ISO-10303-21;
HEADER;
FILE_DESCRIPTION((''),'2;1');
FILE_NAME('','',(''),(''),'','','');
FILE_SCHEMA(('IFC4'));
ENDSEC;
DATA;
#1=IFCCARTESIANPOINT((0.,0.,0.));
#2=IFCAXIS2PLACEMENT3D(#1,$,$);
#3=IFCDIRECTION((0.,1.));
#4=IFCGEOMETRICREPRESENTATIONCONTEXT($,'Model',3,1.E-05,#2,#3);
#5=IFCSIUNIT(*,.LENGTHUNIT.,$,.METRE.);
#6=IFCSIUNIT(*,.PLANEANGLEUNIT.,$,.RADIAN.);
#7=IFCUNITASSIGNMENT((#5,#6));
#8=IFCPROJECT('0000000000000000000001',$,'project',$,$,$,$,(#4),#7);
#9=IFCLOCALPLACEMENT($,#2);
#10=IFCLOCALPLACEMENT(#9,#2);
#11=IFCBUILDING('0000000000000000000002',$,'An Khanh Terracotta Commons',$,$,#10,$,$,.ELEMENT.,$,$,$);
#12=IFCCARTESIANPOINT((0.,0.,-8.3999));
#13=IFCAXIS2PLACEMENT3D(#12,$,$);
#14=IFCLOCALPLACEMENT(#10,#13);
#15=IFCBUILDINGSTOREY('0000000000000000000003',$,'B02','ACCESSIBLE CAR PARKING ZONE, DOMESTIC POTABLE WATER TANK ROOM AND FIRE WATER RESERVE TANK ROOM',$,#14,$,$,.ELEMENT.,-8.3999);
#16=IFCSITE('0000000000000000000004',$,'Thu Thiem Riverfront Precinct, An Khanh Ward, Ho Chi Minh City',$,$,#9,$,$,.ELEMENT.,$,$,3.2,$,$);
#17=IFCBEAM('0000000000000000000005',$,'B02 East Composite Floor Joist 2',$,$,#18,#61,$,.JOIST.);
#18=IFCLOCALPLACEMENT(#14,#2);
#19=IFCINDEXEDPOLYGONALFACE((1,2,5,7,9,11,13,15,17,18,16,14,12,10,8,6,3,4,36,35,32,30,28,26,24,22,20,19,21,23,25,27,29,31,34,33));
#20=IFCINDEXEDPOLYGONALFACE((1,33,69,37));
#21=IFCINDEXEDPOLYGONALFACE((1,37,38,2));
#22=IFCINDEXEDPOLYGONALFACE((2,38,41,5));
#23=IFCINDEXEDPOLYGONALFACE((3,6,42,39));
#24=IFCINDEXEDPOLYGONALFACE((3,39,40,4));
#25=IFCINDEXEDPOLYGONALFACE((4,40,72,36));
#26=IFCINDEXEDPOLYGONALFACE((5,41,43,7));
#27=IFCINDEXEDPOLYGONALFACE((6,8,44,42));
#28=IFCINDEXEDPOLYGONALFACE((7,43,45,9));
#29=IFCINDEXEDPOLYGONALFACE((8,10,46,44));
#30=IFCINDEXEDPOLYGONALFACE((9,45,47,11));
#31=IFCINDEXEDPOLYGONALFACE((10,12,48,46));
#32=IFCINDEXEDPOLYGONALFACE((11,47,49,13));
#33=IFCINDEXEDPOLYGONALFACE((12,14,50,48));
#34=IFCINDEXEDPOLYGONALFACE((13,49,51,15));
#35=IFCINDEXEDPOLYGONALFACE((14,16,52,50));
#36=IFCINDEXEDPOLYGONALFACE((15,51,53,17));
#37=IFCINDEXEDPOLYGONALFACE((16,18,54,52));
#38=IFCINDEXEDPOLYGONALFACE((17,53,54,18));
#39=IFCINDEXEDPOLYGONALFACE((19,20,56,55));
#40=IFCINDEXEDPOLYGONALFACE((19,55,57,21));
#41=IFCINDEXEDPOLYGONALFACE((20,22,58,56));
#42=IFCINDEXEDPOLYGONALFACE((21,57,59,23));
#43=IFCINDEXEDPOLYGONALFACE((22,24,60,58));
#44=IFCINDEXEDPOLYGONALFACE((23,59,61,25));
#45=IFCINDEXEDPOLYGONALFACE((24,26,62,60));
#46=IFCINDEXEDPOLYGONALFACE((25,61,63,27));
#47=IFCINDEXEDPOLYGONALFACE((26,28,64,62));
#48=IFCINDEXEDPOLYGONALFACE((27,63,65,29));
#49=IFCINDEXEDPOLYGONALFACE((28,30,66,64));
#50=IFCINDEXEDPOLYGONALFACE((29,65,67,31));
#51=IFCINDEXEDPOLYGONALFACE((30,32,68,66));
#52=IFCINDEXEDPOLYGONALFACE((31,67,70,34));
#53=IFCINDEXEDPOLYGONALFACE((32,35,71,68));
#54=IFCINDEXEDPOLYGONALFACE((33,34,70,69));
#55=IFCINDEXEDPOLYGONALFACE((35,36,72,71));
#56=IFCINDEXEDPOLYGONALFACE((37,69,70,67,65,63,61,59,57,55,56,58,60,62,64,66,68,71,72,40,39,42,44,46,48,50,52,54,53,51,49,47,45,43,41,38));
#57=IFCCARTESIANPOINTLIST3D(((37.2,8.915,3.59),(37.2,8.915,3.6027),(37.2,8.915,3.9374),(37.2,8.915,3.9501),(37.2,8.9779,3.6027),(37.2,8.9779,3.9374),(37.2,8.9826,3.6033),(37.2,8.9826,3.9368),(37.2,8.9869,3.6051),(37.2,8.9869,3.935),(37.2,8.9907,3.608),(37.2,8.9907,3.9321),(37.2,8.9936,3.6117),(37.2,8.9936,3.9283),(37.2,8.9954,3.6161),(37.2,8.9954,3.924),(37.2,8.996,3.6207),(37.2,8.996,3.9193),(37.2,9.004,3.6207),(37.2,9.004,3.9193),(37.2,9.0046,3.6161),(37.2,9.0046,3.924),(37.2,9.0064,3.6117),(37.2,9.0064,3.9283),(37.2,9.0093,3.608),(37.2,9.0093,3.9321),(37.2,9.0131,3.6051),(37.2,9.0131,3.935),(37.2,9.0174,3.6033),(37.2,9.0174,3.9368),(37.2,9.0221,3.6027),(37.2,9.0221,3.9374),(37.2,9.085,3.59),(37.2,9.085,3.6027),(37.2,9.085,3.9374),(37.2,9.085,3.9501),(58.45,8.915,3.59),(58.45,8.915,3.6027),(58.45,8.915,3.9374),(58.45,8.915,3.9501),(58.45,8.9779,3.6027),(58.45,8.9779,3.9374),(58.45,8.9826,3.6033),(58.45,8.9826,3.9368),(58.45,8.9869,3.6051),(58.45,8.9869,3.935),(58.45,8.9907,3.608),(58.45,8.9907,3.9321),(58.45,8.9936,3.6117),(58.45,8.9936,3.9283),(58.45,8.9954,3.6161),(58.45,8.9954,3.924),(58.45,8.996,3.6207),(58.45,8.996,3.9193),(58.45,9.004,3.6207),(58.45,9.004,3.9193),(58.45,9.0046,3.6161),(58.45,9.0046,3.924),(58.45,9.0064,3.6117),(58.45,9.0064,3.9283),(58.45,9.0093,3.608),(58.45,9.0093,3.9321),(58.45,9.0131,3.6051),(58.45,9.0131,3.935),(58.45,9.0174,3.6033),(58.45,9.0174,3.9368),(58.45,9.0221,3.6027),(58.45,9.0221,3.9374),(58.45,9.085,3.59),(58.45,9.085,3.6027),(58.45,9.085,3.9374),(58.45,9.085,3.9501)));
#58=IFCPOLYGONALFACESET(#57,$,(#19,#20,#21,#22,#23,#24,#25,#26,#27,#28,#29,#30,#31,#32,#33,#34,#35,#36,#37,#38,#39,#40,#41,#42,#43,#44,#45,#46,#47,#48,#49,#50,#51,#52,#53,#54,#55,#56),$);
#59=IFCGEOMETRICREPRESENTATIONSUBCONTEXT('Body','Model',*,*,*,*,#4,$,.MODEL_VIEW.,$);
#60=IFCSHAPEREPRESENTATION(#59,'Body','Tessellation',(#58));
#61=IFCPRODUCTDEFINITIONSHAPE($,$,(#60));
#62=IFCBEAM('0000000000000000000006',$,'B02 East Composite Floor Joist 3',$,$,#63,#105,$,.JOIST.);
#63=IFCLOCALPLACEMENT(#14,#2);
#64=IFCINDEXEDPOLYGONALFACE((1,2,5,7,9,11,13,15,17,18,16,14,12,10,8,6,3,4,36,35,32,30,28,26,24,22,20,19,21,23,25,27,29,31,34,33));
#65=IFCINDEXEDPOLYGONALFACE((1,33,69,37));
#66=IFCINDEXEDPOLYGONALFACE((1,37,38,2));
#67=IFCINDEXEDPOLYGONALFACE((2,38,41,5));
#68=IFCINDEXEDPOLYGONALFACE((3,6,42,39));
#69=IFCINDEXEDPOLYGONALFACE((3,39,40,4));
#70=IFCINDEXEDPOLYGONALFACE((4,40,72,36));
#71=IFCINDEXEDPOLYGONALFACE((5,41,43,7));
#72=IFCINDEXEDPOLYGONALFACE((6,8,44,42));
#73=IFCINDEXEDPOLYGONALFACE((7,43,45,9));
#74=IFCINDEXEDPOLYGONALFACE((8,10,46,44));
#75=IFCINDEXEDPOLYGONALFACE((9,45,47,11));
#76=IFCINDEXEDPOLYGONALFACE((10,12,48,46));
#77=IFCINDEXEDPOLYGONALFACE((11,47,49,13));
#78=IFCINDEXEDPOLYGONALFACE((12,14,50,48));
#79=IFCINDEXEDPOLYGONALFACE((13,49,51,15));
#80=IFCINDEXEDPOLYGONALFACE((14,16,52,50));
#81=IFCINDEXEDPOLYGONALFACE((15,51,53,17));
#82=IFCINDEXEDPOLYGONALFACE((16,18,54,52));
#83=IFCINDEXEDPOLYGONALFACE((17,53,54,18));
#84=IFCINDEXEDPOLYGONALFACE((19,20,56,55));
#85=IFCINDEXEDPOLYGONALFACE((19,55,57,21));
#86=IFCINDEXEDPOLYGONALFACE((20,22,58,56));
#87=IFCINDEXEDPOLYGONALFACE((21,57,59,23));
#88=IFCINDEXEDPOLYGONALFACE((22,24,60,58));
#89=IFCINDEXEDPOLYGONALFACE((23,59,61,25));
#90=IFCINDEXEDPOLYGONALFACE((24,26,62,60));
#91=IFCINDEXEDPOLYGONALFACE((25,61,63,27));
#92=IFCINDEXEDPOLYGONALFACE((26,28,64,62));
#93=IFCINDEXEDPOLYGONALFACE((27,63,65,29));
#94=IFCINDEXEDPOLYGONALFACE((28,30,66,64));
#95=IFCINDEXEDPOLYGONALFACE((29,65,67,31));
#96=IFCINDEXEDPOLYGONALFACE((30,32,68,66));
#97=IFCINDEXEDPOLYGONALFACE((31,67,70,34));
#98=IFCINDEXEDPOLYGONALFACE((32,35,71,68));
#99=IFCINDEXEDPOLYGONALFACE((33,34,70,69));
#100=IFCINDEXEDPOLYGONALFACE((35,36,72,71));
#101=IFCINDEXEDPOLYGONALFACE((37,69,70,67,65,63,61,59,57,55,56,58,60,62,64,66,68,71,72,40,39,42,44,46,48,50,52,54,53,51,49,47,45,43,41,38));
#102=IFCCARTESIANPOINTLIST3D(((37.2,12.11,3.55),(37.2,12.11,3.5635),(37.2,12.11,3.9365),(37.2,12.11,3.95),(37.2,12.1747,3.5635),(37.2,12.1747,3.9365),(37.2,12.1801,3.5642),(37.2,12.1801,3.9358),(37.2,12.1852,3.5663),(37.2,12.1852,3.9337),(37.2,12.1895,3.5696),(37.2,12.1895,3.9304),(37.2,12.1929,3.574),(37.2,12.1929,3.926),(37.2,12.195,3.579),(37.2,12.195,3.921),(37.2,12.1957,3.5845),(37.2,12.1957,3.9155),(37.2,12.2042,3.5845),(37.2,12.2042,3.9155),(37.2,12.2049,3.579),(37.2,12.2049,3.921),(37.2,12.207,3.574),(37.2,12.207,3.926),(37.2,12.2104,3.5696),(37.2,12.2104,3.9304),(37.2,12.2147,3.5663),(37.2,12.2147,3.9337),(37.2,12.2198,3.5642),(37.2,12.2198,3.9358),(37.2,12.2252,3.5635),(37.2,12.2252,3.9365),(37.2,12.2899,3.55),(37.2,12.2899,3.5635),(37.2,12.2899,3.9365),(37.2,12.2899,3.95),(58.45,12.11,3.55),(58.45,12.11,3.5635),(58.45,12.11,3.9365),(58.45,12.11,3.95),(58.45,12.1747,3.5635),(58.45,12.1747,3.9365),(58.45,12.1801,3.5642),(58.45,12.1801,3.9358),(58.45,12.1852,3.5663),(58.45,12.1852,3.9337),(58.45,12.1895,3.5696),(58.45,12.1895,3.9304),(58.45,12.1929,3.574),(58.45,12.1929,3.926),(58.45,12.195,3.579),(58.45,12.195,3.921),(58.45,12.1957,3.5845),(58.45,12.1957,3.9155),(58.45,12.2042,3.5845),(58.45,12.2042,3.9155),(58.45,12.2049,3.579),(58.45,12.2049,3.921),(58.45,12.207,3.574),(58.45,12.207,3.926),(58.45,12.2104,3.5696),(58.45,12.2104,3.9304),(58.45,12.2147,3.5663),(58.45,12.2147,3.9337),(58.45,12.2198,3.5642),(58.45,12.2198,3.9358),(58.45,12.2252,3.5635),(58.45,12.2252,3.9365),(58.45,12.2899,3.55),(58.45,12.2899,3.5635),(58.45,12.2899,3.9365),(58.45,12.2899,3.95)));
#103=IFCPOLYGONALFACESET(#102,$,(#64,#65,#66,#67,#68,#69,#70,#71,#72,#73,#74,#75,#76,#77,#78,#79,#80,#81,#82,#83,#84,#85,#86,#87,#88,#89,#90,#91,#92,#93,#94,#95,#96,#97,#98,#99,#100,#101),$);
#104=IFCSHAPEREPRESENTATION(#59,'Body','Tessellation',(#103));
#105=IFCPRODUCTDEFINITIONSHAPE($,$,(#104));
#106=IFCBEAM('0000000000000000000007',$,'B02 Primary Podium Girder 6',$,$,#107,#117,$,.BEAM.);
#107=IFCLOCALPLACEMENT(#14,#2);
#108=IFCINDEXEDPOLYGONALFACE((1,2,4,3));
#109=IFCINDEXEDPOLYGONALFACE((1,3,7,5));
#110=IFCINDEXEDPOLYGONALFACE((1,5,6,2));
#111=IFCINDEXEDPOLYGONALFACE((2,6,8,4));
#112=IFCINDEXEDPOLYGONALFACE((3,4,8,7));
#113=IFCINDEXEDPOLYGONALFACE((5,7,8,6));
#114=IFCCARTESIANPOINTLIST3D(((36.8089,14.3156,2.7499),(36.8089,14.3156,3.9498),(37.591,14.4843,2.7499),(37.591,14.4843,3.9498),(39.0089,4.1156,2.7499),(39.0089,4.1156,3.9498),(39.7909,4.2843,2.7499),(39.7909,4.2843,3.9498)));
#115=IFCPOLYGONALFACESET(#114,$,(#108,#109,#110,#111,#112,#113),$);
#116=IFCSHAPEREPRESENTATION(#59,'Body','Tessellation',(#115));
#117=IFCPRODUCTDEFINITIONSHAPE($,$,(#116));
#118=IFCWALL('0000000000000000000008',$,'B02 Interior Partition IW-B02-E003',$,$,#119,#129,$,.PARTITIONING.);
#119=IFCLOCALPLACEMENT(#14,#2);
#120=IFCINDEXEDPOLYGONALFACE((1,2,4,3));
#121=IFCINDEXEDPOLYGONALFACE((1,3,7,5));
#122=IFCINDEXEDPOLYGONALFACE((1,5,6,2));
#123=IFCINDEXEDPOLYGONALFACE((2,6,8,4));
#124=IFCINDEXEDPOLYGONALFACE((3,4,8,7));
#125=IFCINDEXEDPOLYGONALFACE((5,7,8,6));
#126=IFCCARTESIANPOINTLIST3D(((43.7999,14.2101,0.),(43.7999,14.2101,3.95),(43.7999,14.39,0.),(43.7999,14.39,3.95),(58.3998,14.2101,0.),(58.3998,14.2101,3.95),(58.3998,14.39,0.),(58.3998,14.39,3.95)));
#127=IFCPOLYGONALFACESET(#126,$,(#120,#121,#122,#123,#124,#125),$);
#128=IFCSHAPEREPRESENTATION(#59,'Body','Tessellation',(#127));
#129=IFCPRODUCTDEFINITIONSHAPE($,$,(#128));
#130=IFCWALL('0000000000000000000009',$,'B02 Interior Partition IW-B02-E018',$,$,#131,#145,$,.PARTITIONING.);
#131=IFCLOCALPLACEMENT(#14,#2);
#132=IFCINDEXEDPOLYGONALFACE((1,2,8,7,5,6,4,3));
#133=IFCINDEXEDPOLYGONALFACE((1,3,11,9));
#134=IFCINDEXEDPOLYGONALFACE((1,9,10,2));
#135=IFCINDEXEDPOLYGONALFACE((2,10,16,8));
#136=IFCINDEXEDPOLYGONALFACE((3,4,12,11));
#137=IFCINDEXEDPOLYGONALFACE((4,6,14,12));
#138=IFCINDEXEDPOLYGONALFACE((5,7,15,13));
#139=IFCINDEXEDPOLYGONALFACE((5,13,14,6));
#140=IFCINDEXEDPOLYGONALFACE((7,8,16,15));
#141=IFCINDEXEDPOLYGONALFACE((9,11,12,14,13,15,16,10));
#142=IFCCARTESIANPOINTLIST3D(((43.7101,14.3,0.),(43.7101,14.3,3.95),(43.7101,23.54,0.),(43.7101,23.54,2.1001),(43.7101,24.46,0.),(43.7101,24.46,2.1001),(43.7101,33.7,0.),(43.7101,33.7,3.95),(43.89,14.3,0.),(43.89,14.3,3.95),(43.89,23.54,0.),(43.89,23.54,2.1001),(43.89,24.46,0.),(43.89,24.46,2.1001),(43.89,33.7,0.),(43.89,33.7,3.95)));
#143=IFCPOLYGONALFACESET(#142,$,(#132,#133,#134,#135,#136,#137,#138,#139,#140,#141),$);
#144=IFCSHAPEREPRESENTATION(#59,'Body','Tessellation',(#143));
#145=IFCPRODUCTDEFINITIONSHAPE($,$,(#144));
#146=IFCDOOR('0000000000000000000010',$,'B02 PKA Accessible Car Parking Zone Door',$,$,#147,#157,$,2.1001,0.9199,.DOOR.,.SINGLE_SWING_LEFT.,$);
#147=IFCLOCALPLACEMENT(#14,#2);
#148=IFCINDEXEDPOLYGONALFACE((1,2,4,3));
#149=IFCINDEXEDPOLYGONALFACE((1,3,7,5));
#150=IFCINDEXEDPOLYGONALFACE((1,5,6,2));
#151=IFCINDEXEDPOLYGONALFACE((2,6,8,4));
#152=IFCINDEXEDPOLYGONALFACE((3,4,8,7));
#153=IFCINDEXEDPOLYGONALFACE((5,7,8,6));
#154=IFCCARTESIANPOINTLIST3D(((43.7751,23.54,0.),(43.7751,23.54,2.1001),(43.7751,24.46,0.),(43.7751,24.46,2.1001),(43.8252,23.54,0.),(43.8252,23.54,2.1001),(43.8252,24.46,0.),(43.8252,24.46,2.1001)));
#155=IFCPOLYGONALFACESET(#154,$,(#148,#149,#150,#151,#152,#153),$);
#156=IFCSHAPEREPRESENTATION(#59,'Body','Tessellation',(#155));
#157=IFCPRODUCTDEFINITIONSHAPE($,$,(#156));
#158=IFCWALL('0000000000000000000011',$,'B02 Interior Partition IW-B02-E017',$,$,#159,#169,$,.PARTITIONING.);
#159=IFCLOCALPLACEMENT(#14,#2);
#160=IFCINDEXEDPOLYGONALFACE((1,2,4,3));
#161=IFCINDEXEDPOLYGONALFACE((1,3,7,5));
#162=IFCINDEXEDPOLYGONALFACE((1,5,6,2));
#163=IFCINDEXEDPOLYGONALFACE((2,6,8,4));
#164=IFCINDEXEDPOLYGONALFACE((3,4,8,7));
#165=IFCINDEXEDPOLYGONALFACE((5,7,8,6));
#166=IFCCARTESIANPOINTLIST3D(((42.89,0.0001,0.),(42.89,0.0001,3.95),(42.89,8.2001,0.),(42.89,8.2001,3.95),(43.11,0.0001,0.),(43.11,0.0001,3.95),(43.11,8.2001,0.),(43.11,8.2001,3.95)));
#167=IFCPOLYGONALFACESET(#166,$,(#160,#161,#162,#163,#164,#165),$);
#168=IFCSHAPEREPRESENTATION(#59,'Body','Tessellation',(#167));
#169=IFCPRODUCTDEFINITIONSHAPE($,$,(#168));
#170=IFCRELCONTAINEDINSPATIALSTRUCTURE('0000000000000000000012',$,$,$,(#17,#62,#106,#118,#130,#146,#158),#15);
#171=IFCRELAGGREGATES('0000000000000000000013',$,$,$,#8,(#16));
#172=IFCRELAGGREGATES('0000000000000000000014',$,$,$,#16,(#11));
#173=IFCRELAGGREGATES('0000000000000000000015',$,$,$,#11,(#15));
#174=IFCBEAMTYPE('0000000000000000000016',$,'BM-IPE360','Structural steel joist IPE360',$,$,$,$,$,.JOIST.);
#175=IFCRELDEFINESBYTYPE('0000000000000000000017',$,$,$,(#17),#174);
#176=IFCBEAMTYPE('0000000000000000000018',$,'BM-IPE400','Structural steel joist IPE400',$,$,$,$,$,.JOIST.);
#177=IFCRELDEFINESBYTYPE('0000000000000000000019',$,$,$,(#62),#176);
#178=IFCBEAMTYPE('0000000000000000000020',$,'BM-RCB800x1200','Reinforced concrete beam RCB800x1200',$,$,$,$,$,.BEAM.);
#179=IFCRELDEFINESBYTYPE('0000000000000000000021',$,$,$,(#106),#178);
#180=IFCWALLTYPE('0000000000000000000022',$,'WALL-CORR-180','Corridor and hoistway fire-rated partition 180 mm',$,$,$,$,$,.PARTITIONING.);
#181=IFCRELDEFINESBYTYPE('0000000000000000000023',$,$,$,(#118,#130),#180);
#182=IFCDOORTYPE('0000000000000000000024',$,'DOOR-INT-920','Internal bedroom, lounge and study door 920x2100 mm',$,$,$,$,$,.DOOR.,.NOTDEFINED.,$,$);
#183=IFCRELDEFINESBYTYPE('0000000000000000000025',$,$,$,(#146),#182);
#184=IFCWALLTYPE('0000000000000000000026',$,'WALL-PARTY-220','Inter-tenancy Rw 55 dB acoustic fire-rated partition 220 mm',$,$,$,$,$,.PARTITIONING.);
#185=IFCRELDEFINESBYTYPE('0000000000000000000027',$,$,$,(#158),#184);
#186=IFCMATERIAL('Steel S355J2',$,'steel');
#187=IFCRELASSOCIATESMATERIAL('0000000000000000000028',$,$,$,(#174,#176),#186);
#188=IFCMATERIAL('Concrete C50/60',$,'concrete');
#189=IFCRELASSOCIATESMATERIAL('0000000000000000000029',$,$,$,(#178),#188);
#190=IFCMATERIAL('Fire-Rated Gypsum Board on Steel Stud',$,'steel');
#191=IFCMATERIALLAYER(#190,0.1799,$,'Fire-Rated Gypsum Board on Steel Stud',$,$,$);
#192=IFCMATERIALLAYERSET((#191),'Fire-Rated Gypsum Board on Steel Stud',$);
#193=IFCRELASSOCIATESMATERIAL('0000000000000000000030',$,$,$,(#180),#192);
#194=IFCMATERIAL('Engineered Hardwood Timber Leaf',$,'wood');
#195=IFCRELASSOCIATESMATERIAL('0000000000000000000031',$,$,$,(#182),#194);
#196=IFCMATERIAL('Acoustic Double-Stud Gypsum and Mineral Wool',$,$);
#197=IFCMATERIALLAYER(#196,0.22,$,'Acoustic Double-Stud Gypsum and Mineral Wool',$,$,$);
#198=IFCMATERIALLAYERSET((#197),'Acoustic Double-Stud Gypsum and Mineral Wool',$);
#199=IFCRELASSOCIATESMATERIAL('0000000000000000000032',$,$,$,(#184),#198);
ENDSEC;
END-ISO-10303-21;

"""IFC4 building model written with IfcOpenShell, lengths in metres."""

from ifc_helpers import new_model, si_unit, direction, frame, frame_2d, origin, origin_2d, place, context, subcontext, project, spatial, rectangle, i_section, extrude, material, layer, layer_set, material_profile, profile_set, type_object, element, fill, save


model = new_model("IFC4")

# Units and contexts
model_context = context("Model", 3, precision=1e-05, world=origin(), true_north=direction((0.0, 1.0)))
body_context = subcontext(model_context, "Body", "Model", "MODEL_VIEW")
ifc_project = project(units=[si_unit("LENGTHUNIT", "METRE"), si_unit("PLANEANGLEUNIT", "RADIAN")], contexts=[model_context])

# Site, building, storey
site_placement = place(None, origin())
site = spatial("IfcSite", under=ifc_project, at=site_placement, Name="Thu Thiem Riverfront Precinct, An Khanh Ward, Ho Chi Minh City", CompositionType="ELEMENT", RefElevation=3.2)
building_placement = place(site_placement, origin())
building = spatial("IfcBuilding", under=site, at=building_placement, Name="An Khanh Terracotta Commons", CompositionType="ELEMENT")
storey_placement = place(building_placement, frame((0.0, 0.0, -8.3999)))
storey = spatial("IfcBuildingStorey", under=building, at=storey_placement, Name="B02", Description="ACCESSIBLE CAR PARKING ZONE, DOMESTIC POTABLE WATER TANK ROOM AND FIRE WATER RESERVE TANK ROOM", CompositionType="ELEMENT", Elevation=-8.3999)

# Shared definitions
ifc_material_1 = material(Name="Concrete C50/60", Category="concrete")

# Beams
ifc_material_2 = material(Name="Steel S355J2", Category="steel")
ifc_material_profile_1 = material_profile(ifc_material_2, i_section(OverallWidth=0.1699, OverallDepth=0.3601, WebThickness=0.0081, FlangeThickness=0.0127, FilletRadius=0.0181, at=origin_2d()), Name="IPE360")
ifc_profile_set_1 = profile_set([ifc_material_profile_1], Name="Steel S355J2")
beam_type_1 = type_object("IfcBeamType", Name="BM-IPE360", Description="Structural steel joist IPE360", PredefinedType="JOIST", material=ifc_profile_set_1)
beam_1_placement = place(storey_placement, frame((37.2, 9.0, 3.77), z_axis=(1.0, 0.0, 0.0), x_axis=(0.0, 1.0, 0.0)))
element("IfcBeam", 1, at=beam_1_placement, inside=storey, type_object=beam_type_1, Name="B02 East Composite Floor Joist 2", PredefinedType="JOIST", context=body_context, shape_type="SweptSolid", body=[
    extrude(i_section(OverallWidth=0.1699, OverallDepth=0.3601, WebThickness=0.0081, FlangeThickness=0.0127, FilletRadius=0.0181, at=origin_2d()), origin(), (0.0, 0.0, 1.0), 21.25),
])
ifc_material_profile_2 = material_profile(ifc_material_2, i_section(OverallWidth=0.1799, OverallDepth=0.3999, WebThickness=0.0085, FlangeThickness=0.0134, FilletRadius=0.021, at=origin_2d()), Name="IPE400")
ifc_profile_set_2 = profile_set([ifc_material_profile_2], Name="Steel S355J2")
beam_type_2 = type_object("IfcBeamType", Name="BM-IPE400", Description="Structural steel joist IPE400", PredefinedType="JOIST", material=ifc_profile_set_2)
beam_2_placement = place(storey_placement, frame((37.2, 12.2, 3.75), z_axis=(1.0, 0.0, 0.0), x_axis=(0.0, 1.0, 0.0)))
element("IfcBeam", 2, at=beam_2_placement, inside=storey, type_object=beam_type_2, Name="B02 East Composite Floor Joist 3", PredefinedType="JOIST", context=body_context, shape_type="SweptSolid", body=[
    extrude(i_section(OverallWidth=0.1799, OverallDepth=0.3999, WebThickness=0.0085, FlangeThickness=0.0134, FilletRadius=0.021, at=origin_2d()), origin(), (0.0, 0.0, 1.0), 21.25),
])
ifc_material_profile_3 = material_profile(ifc_material_1, rectangle(XDim=0.8, YDim=1.2, at=origin_2d()), Name="RCB800x1200")
ifc_profile_set_3 = profile_set([ifc_material_profile_3], Name="Concrete C50/60")
beam_type_3 = type_object("IfcBeamType", Name="BM-RCB800x1200", Description="Reinforced concrete beam RCB800x1200", PredefinedType="BEAM", material=ifc_profile_set_3)
beam_3_placement = place(storey_placement, frame((39.3999, 4.2, 3.3499), z_axis=(-0.210834, 0.977522, 0.0), x_axis=(-0.977522, -0.210834, 0.0)))
element("IfcBeam", 3, at=beam_3_placement, inside=storey, type_object=beam_type_3, Name="B02 Primary Podium Girder 6", PredefinedType="BEAM", context=body_context, shape_type="SweptSolid", body=[
    extrude(rectangle(XDim=0.8, YDim=1.2, at=origin_2d()), origin(), (0.0, 0.0, 1.0), 10.4346),
])

# Wall
ifc_material_3 = material(Name="Fire-Rated Gypsum Board on Steel Stud", Category="steel")
ifc_layer_1 = layer(ifc_material_3, 0.1799, Name="Fire-Rated Gypsum Board on Steel Stud")
ifc_layer_set_1 = layer_set([ifc_layer_1], Name="Fire-Rated Gypsum Board on Steel Stud")
wall_type_1 = type_object("IfcWallType", Name="WALL-CORR-180", Description="Corridor and hoistway fire-rated partition 180 mm", PredefinedType="PARTITIONING", material=ifc_layer_set_1)
wall_1_placement = place(storey_placement, frame((43.8, 14.3, 0.0), z_axis=(0.0, 0.0, 1.0), x_axis=(1.0, 0.0, 0.0)))
element("IfcWall", 4, at=wall_1_placement, inside=storey, type_object=wall_type_1, Name="B02 Interior Partition IW-B02-E003", PredefinedType="PARTITIONING", context=body_context, shape_type="SweptSolid", body=[
    extrude(rectangle(XDim=14.5999, YDim=0.1799, at=frame_2d((7.2998, 0.0))), origin(), (0.0, 0.0, 1.0), 3.95),
])

# Wall, opening, door
wall_2_placement = place(storey_placement, frame((43.8, 14.3, 0.0), z_axis=(0.0, 0.0, 1.0), x_axis=(0.0, 1.0, 0.0)))
wall_2 = element("IfcWall", 5, at=wall_2_placement, inside=storey, type_object=wall_type_1, Name="B02 Interior Partition IW-B02-E018", PredefinedType="PARTITIONING", context=body_context, shape_type="SweptSolid", body=[
    extrude(rectangle(XDim=19.3999, YDim=0.1799, at=frame_2d((9.7, 0.0))), origin(), (0.0, 0.0, 1.0), 3.95),
])
opening_placement = place(wall_2_placement, frame((9.24, 0.0, 0.0)))
opening = element("IfcOpeningElement", 6, at=opening_placement, cuts=wall_2, PredefinedType="OPENING", context=body_context, shape_type="SweptSolid", body=[
    extrude(rectangle(XDim=0.9199, YDim=2.1001, at=frame_2d((0.46, 1.05))), frame((0.0, 0.0999, 0.0), z_axis=(0.0, -1.0, 0.0), x_axis=(1.0, 0.0, 0.0)), (0.0, 0.0, 1.0), 0.2),
])
ifc_material_4 = material(Name="Engineered Hardwood Timber Leaf", Category="wood")
door_type = type_object("IfcDoorType", Name="DOOR-INT-920", Description="Internal bedroom, lounge and study door 920x2100 mm", OperationType="NOTDEFINED", PredefinedType="DOOR", material=ifc_material_4)
door_placement = place(opening_placement, origin())
door = element("IfcDoor", 7, at=door_placement, inside=storey, type_object=door_type, Name="B02 PKA Accessible Car Parking Zone Door", OperationType="SINGLE_SWING_LEFT", OverallHeight=2.1001, OverallWidth=0.9199, PredefinedType="DOOR", context=body_context, shape_type="SweptSolid", body=[
    extrude(rectangle(XDim=0.9199, YDim=2.1001, at=frame_2d((0.46, 1.05))), frame((0.0, 0.0249, 0.0), z_axis=(0.0, -1.0, 0.0), x_axis=(1.0, 0.0, 0.0)), (0.0, 0.0, 1.0), 0.05),
])
fill(opening, door)

# Wall
ifc_material_5 = material(Name="Acoustic Double-Stud Gypsum and Mineral Wool")
ifc_layer_2 = layer(ifc_material_5, 0.22, Name="Acoustic Double-Stud Gypsum and Mineral Wool")
ifc_layer_set_2 = layer_set([ifc_layer_2], Name="Acoustic Double-Stud Gypsum and Mineral Wool")
wall_type_2 = type_object("IfcWallType", Name="WALL-PARTY-220", Description="Inter-tenancy Rw 55 dB acoustic fire-rated partition 220 mm", PredefinedType="PARTITIONING", material=ifc_layer_set_2)
wall_3_placement = place(storey_placement, frame((43.0, 0.0, 0.0), z_axis=(0.0, 0.0, 1.0), x_axis=(0.0, 1.0, 0.0)))
element("IfcWall", 8, at=wall_3_placement, inside=storey, type_object=wall_type_2, Name="B02 Interior Partition IW-B02-E017", PredefinedType="PARTITIONING", context=body_context, shape_type="SweptSolid", body=[
    extrude(rectangle(XDim=8.2, YDim=0.22, at=frame_2d((4.1001, 0.0))), origin(), (0.0, 0.0, 1.0), 3.95),
])

save(model, "model.ifc")
